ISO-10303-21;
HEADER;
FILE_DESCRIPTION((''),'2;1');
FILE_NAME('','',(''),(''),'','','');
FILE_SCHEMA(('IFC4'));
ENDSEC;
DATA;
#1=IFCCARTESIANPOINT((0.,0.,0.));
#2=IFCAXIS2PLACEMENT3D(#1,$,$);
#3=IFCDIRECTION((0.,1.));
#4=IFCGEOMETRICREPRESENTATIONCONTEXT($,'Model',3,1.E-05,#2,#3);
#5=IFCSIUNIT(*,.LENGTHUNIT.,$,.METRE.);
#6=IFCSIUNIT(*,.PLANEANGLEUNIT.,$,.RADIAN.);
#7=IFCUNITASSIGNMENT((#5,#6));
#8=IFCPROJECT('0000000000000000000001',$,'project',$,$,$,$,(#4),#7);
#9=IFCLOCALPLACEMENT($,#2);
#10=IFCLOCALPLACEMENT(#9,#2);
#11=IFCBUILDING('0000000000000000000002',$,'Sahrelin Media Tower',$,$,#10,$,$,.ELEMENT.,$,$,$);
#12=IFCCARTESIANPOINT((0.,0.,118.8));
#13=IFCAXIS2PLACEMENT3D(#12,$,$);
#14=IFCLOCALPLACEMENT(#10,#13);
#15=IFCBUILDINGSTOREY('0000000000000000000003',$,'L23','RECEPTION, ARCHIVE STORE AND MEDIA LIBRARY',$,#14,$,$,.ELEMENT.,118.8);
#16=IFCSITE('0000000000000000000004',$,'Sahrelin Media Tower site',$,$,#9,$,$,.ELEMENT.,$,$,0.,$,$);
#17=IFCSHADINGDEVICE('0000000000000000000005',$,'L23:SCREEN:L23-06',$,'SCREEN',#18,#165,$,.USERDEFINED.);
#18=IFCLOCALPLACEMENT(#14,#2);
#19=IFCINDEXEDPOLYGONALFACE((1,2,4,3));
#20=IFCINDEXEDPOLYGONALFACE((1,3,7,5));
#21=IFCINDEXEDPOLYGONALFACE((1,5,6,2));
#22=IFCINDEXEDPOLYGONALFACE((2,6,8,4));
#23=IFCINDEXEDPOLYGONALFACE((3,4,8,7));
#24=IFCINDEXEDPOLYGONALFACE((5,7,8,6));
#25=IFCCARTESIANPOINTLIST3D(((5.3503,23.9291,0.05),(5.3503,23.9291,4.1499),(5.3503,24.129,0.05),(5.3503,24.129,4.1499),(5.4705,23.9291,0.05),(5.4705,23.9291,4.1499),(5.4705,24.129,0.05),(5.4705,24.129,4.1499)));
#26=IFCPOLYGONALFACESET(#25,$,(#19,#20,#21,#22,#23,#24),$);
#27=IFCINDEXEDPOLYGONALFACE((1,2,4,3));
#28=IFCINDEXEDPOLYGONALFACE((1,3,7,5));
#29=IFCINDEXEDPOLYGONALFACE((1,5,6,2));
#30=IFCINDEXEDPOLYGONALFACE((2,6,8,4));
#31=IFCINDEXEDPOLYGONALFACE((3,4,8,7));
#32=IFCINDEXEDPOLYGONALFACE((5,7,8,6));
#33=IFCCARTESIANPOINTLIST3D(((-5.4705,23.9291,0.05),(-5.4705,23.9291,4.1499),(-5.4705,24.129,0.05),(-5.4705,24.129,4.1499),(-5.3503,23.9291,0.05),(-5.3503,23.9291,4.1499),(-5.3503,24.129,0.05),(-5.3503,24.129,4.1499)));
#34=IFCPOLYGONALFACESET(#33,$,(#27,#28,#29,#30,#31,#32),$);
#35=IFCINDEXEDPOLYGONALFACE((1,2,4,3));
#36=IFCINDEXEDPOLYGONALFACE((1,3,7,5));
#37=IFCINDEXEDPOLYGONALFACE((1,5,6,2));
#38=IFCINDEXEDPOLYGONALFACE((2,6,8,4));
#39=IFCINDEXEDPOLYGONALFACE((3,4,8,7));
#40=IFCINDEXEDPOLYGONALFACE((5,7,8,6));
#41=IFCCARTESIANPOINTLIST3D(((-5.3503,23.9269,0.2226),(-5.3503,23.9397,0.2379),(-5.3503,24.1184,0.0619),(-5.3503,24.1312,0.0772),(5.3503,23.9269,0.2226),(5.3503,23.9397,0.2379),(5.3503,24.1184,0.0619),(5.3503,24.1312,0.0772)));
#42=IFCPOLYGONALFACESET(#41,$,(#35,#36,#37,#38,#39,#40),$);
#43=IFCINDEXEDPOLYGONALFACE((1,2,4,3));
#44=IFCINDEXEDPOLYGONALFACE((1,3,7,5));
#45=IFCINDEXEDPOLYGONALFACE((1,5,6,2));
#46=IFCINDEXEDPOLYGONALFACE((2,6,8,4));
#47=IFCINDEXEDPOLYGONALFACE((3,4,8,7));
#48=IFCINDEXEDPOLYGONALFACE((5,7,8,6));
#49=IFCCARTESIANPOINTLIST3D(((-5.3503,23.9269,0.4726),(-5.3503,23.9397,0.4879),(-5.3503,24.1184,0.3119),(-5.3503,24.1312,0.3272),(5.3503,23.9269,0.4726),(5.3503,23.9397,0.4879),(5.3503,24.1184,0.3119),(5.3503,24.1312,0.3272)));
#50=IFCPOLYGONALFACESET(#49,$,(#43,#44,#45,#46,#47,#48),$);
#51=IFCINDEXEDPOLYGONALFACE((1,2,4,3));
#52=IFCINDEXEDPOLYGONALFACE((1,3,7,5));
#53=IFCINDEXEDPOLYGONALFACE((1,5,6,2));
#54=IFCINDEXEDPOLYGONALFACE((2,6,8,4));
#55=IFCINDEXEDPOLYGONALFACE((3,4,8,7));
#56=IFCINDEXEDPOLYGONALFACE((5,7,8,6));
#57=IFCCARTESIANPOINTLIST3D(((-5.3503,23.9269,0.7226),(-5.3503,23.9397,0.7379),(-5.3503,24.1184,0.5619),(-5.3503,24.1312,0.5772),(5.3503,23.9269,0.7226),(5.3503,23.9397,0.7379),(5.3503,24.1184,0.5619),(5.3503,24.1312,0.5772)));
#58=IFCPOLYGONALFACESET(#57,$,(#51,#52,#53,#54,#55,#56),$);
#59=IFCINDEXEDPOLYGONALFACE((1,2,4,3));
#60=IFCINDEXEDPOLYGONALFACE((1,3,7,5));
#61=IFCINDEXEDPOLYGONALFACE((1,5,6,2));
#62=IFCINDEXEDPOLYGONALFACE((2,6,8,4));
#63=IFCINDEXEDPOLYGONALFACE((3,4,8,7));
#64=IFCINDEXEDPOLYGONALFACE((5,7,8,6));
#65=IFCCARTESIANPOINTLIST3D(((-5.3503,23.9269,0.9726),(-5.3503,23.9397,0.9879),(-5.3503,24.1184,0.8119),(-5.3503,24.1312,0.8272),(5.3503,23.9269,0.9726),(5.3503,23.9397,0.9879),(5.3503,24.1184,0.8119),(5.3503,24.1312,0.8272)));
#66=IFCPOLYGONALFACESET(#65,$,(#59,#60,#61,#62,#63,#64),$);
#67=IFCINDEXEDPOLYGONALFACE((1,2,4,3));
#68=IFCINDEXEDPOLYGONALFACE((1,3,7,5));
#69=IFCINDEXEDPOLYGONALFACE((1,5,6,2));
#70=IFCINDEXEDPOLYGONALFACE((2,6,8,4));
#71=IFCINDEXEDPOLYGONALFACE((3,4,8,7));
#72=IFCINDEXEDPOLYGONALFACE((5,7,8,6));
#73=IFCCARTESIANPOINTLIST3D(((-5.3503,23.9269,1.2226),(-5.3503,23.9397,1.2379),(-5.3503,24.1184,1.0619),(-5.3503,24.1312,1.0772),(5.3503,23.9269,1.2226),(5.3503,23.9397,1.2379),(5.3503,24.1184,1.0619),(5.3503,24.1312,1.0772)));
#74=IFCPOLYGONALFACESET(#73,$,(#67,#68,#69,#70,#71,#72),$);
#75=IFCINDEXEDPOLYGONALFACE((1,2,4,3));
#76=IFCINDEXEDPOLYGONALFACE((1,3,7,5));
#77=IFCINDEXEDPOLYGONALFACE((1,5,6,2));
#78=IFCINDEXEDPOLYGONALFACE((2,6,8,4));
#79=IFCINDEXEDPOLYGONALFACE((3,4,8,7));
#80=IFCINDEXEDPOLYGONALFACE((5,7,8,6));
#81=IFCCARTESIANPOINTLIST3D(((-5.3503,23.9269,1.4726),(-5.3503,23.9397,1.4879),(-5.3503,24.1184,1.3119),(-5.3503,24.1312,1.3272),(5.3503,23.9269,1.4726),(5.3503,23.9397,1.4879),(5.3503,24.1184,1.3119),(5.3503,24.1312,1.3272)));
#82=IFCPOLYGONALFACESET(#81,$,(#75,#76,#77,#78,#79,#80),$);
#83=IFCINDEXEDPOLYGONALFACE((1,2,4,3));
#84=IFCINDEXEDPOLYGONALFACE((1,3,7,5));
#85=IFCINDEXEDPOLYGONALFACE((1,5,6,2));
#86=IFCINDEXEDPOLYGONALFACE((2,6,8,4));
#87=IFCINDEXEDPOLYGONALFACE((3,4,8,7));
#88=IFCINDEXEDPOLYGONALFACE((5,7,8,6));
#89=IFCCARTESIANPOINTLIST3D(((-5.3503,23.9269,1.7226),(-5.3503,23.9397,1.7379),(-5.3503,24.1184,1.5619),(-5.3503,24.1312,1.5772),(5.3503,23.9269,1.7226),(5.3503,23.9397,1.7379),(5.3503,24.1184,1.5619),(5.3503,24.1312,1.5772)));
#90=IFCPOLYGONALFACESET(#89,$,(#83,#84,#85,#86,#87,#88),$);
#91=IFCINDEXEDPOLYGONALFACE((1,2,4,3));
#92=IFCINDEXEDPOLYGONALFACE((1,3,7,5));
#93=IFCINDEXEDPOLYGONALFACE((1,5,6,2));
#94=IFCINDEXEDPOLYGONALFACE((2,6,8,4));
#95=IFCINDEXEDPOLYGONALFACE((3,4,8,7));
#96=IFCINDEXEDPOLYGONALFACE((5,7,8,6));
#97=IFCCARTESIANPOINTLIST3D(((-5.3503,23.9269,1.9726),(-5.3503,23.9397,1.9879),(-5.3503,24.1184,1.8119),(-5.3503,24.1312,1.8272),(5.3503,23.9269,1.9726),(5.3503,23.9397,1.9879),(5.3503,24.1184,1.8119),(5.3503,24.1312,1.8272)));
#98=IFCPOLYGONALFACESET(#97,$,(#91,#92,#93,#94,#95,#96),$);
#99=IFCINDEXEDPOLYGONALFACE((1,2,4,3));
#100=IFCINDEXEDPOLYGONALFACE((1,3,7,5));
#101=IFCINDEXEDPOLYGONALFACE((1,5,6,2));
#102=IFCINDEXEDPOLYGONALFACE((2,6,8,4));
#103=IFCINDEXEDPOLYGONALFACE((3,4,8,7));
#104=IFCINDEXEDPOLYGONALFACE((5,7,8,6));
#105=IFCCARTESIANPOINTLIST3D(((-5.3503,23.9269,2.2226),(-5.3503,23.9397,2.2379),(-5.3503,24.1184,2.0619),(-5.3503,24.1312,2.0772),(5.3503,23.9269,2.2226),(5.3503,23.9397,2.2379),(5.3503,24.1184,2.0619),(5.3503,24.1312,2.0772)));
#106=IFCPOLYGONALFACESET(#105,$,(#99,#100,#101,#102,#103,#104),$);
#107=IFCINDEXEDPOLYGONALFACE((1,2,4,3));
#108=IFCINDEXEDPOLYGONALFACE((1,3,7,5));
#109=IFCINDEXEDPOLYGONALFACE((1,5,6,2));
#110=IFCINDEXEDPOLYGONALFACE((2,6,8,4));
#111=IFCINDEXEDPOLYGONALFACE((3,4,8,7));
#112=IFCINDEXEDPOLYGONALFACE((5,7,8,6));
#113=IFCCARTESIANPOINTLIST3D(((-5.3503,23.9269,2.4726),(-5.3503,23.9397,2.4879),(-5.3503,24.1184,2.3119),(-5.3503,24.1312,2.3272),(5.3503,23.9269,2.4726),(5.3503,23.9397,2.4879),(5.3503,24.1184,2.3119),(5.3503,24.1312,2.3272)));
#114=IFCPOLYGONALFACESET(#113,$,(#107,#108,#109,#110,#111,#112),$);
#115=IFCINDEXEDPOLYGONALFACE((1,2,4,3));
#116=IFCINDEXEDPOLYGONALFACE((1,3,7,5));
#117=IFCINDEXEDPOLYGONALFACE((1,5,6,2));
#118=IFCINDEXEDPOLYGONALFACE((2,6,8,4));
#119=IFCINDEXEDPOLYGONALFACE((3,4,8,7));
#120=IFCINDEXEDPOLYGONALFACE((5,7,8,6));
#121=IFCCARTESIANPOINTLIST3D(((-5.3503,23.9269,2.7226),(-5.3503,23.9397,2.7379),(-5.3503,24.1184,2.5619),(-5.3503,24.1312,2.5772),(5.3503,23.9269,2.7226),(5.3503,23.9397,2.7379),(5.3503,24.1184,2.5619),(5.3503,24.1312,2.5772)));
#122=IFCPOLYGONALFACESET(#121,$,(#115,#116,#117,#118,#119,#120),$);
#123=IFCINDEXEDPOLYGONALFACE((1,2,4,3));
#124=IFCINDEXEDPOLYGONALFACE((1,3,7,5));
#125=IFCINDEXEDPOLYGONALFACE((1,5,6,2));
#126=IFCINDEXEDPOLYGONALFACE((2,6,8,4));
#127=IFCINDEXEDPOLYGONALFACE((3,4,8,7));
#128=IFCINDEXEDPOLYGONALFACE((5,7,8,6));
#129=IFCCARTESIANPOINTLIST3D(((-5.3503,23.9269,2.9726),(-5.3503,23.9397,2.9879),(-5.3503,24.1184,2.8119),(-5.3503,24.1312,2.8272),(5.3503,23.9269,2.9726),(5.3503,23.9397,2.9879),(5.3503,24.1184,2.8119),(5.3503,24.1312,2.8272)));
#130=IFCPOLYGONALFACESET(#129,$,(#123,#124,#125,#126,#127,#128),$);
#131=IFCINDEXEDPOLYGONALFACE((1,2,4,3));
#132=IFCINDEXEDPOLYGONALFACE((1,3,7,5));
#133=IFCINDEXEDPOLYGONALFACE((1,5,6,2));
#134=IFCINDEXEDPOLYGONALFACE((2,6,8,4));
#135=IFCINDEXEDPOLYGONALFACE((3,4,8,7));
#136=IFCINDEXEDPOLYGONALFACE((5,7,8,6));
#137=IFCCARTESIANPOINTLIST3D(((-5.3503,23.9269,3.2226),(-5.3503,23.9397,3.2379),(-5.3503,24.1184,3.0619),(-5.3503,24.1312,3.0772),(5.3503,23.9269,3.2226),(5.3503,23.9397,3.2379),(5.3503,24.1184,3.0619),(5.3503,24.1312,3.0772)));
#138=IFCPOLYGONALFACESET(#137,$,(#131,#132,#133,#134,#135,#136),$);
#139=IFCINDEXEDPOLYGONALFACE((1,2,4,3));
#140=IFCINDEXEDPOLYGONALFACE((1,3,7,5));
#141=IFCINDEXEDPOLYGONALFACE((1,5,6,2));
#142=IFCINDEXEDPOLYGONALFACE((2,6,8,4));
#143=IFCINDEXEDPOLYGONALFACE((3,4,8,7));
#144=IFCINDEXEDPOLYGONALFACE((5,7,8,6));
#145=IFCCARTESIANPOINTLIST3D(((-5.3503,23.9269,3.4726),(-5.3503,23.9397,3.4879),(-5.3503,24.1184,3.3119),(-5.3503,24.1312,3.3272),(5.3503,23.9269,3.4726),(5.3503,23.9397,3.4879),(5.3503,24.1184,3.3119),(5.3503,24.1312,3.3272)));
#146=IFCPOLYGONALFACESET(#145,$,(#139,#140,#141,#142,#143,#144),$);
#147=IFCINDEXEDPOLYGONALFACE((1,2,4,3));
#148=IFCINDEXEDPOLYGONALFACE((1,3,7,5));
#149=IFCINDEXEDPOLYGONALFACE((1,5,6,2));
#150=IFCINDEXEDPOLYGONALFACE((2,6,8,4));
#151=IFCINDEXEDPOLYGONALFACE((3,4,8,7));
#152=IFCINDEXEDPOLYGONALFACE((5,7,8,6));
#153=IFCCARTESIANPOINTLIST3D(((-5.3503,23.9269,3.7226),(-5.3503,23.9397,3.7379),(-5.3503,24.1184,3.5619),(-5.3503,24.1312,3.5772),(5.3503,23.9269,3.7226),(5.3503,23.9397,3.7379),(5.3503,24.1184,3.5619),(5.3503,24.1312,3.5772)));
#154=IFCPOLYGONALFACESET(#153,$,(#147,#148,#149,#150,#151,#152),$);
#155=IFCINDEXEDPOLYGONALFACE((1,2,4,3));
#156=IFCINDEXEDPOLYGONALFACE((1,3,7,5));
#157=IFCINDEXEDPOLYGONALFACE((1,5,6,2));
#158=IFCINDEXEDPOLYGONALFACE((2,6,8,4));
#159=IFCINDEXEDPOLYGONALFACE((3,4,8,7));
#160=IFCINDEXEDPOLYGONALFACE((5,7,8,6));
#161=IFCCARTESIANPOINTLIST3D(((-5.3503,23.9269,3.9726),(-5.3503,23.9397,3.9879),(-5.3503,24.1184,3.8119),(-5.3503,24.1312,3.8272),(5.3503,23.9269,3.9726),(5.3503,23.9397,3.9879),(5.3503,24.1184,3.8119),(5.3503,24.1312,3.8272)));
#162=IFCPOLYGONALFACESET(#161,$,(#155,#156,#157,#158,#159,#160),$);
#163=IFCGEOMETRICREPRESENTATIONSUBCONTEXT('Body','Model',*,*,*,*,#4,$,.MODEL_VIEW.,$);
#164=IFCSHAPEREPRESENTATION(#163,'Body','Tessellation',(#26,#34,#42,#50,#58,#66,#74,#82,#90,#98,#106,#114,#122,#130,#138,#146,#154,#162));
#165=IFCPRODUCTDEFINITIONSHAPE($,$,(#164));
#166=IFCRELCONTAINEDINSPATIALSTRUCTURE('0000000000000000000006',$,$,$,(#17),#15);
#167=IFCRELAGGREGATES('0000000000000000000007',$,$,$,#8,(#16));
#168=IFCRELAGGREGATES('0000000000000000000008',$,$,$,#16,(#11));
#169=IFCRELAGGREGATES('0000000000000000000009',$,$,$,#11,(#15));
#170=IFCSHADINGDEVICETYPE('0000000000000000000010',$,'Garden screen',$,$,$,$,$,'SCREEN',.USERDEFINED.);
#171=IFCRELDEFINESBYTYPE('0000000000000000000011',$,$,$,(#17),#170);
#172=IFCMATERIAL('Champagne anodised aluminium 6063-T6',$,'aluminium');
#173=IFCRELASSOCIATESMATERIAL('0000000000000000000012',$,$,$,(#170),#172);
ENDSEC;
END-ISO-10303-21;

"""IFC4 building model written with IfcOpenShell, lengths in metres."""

from ifc_helpers import new_model, si_unit, direction, frame, origin, origin_2d, place, context, subcontext, project, spatial, rectangle, extrude, material, type_object, element, save


model = new_model("IFC4")

# Units and contexts
model_context = context("Model", 3, precision=1e-05, world=origin(), true_north=direction((0.0, 1.0)))
body_context = subcontext(model_context, "Body", "Model", "MODEL_VIEW")
ifc_project = project(units=[si_unit("LENGTHUNIT", "METRE"), si_unit("PLANEANGLEUNIT", "RADIAN")], contexts=[model_context])

# Site, building, storey
site_placement = place(None, origin())
site = spatial("IfcSite", under=ifc_project, at=site_placement, Name="Sahrelin Media Tower site", CompositionType="ELEMENT", RefElevation=0.0)
building_placement = place(site_placement, origin())
building = spatial("IfcBuilding", under=site, at=building_placement, Name="Sahrelin Media Tower", CompositionType="ELEMENT")
storey_placement = place(building_placement, frame((0.0, 0.0, 118.8)))
storey = spatial("IfcBuildingStorey", under=building, at=storey_placement, Name="L23", Description="RECEPTION, ARCHIVE STORE AND MEDIA LIBRARY", CompositionType="ELEMENT", Elevation=118.8)

# Shading device
ifc_material_1 = material(Name="Champagne anodised aluminium 6063-T6", Category="aluminium")
shading_device_type = type_object("IfcShadingDeviceType", Name="Garden screen", ElementType="SCREEN", PredefinedType="USERDEFINED", material=ifc_material_1)
shading_device_1_placement = place(storey_placement, frame((0.0, 23.929, 0.0), z_axis=(0.0, 0.0, 1.0), x_axis=(1.0, 0.0, 0.0)))
element("IfcShadingDevice", 1, at=shading_device_1_placement, inside=storey, type_object=shading_device_type, Name="L23:SCREEN:L23-06", ObjectType="SCREEN", PredefinedType="USERDEFINED", context=body_context, shape_type="SweptSolid", body=[
    extrude(rectangle(XDim=0.1201, YDim=0.2, at=origin_2d()), frame((5.4104, 0.1001, 0.05), z_axis=(0.0, 0.0, 1.0), x_axis=(1.0, 0.0, 0.0)), (0.0, 0.0, 1.0), 4.0999),
    extrude(rectangle(XDim=0.1201, YDim=0.2, at=origin_2d()), frame((-5.4104, 0.1001, 0.05), z_axis=(0.0, 0.0, 1.0), x_axis=(1.0, 0.0, 0.0)), (0.0, 0.0, 1.0), 4.0999),
    extrude(rectangle(XDim=0.25, YDim=0.02, at=origin_2d()), frame((5.3503, 0.1001, 0.1499), z_axis=(-1.0, 0.0, 0.0), x_axis=(0.0, -0.766044, 0.642788)), (0.0, 0.0, 1.0), 10.7007),
    extrude(rectangle(XDim=0.25, YDim=0.02, at=origin_2d()), frame((5.3503, 0.1001, 0.3999), z_axis=(-1.0, 0.0, 0.0), x_axis=(0.0, -0.766044, 0.642788)), (0.0, 0.0, 1.0), 10.7007),
    extrude(rectangle(XDim=0.25, YDim=0.02, at=origin_2d()), frame((5.3503, 0.1001, 0.6499), z_axis=(-1.0, 0.0, 0.0), x_axis=(0.0, -0.766044, 0.642788)), (0.0, 0.0, 1.0), 10.7007),
    extrude(rectangle(XDim=0.25, YDim=0.02, at=origin_2d()), frame((5.3503, 0.1001, 0.8999), z_axis=(-1.0, 0.0, 0.0), x_axis=(0.0, -0.766044, 0.642788)), (0.0, 0.0, 1.0), 10.7007),
    extrude(rectangle(XDim=0.25, YDim=0.02, at=origin_2d()), frame((5.3503, 0.1001, 1.1499), z_axis=(-1.0, 0.0, 0.0), x_axis=(0.0, -0.766044, 0.642788)), (0.0, 0.0, 1.0), 10.7007),
    extrude(rectangle(XDim=0.25, YDim=0.02, at=origin_2d()), frame((5.3503, 0.1001, 1.3999), z_axis=(-1.0, 0.0, 0.0), x_axis=(0.0, -0.766044, 0.642788)), (0.0, 0.0, 1.0), 10.7007),
    extrude(rectangle(XDim=0.25, YDim=0.02, at=origin_2d()), frame((5.3503, 0.1001, 1.6499), z_axis=(-1.0, 0.0, 0.0), x_axis=(0.0, -0.766044, 0.642788)), (0.0, 0.0, 1.0), 10.7007),
    extrude(rectangle(XDim=0.25, YDim=0.02, at=origin_2d()), frame((5.3503, 0.1001, 1.8999), z_axis=(-1.0, 0.0, 0.0), x_axis=(0.0, -0.766044, 0.642788)), (0.0, 0.0, 1.0), 10.7007),
    extrude(rectangle(XDim=0.25, YDim=0.02, at=origin_2d()), frame((5.3503, 0.1001, 2.1499), z_axis=(-1.0, 0.0, 0.0), x_axis=(0.0, -0.766044, 0.642788)), (0.0, 0.0, 1.0), 10.7007),
    extrude(rectangle(XDim=0.25, YDim=0.02, at=origin_2d()), frame((5.3503, 0.1001, 2.3999), z_axis=(-1.0, 0.0, 0.0), x_axis=(0.0, -0.766044, 0.642788)), (0.0, 0.0, 1.0), 10.7007),
    extrude(rectangle(XDim=0.25, YDim=0.02, at=origin_2d()), frame((5.3503, 0.1001, 2.6499), z_axis=(-1.0, 0.0, 0.0), x_axis=(0.0, -0.766044, 0.642788)), (0.0, 0.0, 1.0), 10.7007),
    extrude(rectangle(XDim=0.25, YDim=0.02, at=origin_2d()), frame((5.3503, 0.1001, 2.8999), z_axis=(-1.0, 0.0, 0.0), x_axis=(0.0, -0.766044, 0.642788)), (0.0, 0.0, 1.0), 10.7007),
    extrude(rectangle(XDim=0.25, YDim=0.02, at=origin_2d()), frame((5.3503, 0.1001, 3.1499), z_axis=(-1.0, 0.0, 0.0), x_axis=(0.0, -0.766044, 0.642788)), (0.0, 0.0, 1.0), 10.7007),
    extrude(rectangle(XDim=0.25, YDim=0.02, at=origin_2d()), frame((5.3503, 0.1001, 3.3999), z_axis=(-1.0, 0.0, 0.0), x_axis=(0.0, -0.766044, 0.642788)), (0.0, 0.0, 1.0), 10.7007),
    extrude(rectangle(XDim=0.25, YDim=0.02, at=origin_2d()), frame((5.3503, 0.1001, 3.6499), z_axis=(-1.0, 0.0, 0.0), x_axis=(0.0, -0.766044, 0.642788)), (0.0, 0.0, 1.0), 10.7007),
    extrude(rectangle(XDim=0.25, YDim=0.02, at=origin_2d()), frame((5.3503, 0.1001, 3.8999), z_axis=(-1.0, 0.0, 0.0), x_axis=(0.0, -0.766044, 0.642788)), (0.0, 0.0, 1.0), 10.7007),
])

save(model, "model.ifc")
